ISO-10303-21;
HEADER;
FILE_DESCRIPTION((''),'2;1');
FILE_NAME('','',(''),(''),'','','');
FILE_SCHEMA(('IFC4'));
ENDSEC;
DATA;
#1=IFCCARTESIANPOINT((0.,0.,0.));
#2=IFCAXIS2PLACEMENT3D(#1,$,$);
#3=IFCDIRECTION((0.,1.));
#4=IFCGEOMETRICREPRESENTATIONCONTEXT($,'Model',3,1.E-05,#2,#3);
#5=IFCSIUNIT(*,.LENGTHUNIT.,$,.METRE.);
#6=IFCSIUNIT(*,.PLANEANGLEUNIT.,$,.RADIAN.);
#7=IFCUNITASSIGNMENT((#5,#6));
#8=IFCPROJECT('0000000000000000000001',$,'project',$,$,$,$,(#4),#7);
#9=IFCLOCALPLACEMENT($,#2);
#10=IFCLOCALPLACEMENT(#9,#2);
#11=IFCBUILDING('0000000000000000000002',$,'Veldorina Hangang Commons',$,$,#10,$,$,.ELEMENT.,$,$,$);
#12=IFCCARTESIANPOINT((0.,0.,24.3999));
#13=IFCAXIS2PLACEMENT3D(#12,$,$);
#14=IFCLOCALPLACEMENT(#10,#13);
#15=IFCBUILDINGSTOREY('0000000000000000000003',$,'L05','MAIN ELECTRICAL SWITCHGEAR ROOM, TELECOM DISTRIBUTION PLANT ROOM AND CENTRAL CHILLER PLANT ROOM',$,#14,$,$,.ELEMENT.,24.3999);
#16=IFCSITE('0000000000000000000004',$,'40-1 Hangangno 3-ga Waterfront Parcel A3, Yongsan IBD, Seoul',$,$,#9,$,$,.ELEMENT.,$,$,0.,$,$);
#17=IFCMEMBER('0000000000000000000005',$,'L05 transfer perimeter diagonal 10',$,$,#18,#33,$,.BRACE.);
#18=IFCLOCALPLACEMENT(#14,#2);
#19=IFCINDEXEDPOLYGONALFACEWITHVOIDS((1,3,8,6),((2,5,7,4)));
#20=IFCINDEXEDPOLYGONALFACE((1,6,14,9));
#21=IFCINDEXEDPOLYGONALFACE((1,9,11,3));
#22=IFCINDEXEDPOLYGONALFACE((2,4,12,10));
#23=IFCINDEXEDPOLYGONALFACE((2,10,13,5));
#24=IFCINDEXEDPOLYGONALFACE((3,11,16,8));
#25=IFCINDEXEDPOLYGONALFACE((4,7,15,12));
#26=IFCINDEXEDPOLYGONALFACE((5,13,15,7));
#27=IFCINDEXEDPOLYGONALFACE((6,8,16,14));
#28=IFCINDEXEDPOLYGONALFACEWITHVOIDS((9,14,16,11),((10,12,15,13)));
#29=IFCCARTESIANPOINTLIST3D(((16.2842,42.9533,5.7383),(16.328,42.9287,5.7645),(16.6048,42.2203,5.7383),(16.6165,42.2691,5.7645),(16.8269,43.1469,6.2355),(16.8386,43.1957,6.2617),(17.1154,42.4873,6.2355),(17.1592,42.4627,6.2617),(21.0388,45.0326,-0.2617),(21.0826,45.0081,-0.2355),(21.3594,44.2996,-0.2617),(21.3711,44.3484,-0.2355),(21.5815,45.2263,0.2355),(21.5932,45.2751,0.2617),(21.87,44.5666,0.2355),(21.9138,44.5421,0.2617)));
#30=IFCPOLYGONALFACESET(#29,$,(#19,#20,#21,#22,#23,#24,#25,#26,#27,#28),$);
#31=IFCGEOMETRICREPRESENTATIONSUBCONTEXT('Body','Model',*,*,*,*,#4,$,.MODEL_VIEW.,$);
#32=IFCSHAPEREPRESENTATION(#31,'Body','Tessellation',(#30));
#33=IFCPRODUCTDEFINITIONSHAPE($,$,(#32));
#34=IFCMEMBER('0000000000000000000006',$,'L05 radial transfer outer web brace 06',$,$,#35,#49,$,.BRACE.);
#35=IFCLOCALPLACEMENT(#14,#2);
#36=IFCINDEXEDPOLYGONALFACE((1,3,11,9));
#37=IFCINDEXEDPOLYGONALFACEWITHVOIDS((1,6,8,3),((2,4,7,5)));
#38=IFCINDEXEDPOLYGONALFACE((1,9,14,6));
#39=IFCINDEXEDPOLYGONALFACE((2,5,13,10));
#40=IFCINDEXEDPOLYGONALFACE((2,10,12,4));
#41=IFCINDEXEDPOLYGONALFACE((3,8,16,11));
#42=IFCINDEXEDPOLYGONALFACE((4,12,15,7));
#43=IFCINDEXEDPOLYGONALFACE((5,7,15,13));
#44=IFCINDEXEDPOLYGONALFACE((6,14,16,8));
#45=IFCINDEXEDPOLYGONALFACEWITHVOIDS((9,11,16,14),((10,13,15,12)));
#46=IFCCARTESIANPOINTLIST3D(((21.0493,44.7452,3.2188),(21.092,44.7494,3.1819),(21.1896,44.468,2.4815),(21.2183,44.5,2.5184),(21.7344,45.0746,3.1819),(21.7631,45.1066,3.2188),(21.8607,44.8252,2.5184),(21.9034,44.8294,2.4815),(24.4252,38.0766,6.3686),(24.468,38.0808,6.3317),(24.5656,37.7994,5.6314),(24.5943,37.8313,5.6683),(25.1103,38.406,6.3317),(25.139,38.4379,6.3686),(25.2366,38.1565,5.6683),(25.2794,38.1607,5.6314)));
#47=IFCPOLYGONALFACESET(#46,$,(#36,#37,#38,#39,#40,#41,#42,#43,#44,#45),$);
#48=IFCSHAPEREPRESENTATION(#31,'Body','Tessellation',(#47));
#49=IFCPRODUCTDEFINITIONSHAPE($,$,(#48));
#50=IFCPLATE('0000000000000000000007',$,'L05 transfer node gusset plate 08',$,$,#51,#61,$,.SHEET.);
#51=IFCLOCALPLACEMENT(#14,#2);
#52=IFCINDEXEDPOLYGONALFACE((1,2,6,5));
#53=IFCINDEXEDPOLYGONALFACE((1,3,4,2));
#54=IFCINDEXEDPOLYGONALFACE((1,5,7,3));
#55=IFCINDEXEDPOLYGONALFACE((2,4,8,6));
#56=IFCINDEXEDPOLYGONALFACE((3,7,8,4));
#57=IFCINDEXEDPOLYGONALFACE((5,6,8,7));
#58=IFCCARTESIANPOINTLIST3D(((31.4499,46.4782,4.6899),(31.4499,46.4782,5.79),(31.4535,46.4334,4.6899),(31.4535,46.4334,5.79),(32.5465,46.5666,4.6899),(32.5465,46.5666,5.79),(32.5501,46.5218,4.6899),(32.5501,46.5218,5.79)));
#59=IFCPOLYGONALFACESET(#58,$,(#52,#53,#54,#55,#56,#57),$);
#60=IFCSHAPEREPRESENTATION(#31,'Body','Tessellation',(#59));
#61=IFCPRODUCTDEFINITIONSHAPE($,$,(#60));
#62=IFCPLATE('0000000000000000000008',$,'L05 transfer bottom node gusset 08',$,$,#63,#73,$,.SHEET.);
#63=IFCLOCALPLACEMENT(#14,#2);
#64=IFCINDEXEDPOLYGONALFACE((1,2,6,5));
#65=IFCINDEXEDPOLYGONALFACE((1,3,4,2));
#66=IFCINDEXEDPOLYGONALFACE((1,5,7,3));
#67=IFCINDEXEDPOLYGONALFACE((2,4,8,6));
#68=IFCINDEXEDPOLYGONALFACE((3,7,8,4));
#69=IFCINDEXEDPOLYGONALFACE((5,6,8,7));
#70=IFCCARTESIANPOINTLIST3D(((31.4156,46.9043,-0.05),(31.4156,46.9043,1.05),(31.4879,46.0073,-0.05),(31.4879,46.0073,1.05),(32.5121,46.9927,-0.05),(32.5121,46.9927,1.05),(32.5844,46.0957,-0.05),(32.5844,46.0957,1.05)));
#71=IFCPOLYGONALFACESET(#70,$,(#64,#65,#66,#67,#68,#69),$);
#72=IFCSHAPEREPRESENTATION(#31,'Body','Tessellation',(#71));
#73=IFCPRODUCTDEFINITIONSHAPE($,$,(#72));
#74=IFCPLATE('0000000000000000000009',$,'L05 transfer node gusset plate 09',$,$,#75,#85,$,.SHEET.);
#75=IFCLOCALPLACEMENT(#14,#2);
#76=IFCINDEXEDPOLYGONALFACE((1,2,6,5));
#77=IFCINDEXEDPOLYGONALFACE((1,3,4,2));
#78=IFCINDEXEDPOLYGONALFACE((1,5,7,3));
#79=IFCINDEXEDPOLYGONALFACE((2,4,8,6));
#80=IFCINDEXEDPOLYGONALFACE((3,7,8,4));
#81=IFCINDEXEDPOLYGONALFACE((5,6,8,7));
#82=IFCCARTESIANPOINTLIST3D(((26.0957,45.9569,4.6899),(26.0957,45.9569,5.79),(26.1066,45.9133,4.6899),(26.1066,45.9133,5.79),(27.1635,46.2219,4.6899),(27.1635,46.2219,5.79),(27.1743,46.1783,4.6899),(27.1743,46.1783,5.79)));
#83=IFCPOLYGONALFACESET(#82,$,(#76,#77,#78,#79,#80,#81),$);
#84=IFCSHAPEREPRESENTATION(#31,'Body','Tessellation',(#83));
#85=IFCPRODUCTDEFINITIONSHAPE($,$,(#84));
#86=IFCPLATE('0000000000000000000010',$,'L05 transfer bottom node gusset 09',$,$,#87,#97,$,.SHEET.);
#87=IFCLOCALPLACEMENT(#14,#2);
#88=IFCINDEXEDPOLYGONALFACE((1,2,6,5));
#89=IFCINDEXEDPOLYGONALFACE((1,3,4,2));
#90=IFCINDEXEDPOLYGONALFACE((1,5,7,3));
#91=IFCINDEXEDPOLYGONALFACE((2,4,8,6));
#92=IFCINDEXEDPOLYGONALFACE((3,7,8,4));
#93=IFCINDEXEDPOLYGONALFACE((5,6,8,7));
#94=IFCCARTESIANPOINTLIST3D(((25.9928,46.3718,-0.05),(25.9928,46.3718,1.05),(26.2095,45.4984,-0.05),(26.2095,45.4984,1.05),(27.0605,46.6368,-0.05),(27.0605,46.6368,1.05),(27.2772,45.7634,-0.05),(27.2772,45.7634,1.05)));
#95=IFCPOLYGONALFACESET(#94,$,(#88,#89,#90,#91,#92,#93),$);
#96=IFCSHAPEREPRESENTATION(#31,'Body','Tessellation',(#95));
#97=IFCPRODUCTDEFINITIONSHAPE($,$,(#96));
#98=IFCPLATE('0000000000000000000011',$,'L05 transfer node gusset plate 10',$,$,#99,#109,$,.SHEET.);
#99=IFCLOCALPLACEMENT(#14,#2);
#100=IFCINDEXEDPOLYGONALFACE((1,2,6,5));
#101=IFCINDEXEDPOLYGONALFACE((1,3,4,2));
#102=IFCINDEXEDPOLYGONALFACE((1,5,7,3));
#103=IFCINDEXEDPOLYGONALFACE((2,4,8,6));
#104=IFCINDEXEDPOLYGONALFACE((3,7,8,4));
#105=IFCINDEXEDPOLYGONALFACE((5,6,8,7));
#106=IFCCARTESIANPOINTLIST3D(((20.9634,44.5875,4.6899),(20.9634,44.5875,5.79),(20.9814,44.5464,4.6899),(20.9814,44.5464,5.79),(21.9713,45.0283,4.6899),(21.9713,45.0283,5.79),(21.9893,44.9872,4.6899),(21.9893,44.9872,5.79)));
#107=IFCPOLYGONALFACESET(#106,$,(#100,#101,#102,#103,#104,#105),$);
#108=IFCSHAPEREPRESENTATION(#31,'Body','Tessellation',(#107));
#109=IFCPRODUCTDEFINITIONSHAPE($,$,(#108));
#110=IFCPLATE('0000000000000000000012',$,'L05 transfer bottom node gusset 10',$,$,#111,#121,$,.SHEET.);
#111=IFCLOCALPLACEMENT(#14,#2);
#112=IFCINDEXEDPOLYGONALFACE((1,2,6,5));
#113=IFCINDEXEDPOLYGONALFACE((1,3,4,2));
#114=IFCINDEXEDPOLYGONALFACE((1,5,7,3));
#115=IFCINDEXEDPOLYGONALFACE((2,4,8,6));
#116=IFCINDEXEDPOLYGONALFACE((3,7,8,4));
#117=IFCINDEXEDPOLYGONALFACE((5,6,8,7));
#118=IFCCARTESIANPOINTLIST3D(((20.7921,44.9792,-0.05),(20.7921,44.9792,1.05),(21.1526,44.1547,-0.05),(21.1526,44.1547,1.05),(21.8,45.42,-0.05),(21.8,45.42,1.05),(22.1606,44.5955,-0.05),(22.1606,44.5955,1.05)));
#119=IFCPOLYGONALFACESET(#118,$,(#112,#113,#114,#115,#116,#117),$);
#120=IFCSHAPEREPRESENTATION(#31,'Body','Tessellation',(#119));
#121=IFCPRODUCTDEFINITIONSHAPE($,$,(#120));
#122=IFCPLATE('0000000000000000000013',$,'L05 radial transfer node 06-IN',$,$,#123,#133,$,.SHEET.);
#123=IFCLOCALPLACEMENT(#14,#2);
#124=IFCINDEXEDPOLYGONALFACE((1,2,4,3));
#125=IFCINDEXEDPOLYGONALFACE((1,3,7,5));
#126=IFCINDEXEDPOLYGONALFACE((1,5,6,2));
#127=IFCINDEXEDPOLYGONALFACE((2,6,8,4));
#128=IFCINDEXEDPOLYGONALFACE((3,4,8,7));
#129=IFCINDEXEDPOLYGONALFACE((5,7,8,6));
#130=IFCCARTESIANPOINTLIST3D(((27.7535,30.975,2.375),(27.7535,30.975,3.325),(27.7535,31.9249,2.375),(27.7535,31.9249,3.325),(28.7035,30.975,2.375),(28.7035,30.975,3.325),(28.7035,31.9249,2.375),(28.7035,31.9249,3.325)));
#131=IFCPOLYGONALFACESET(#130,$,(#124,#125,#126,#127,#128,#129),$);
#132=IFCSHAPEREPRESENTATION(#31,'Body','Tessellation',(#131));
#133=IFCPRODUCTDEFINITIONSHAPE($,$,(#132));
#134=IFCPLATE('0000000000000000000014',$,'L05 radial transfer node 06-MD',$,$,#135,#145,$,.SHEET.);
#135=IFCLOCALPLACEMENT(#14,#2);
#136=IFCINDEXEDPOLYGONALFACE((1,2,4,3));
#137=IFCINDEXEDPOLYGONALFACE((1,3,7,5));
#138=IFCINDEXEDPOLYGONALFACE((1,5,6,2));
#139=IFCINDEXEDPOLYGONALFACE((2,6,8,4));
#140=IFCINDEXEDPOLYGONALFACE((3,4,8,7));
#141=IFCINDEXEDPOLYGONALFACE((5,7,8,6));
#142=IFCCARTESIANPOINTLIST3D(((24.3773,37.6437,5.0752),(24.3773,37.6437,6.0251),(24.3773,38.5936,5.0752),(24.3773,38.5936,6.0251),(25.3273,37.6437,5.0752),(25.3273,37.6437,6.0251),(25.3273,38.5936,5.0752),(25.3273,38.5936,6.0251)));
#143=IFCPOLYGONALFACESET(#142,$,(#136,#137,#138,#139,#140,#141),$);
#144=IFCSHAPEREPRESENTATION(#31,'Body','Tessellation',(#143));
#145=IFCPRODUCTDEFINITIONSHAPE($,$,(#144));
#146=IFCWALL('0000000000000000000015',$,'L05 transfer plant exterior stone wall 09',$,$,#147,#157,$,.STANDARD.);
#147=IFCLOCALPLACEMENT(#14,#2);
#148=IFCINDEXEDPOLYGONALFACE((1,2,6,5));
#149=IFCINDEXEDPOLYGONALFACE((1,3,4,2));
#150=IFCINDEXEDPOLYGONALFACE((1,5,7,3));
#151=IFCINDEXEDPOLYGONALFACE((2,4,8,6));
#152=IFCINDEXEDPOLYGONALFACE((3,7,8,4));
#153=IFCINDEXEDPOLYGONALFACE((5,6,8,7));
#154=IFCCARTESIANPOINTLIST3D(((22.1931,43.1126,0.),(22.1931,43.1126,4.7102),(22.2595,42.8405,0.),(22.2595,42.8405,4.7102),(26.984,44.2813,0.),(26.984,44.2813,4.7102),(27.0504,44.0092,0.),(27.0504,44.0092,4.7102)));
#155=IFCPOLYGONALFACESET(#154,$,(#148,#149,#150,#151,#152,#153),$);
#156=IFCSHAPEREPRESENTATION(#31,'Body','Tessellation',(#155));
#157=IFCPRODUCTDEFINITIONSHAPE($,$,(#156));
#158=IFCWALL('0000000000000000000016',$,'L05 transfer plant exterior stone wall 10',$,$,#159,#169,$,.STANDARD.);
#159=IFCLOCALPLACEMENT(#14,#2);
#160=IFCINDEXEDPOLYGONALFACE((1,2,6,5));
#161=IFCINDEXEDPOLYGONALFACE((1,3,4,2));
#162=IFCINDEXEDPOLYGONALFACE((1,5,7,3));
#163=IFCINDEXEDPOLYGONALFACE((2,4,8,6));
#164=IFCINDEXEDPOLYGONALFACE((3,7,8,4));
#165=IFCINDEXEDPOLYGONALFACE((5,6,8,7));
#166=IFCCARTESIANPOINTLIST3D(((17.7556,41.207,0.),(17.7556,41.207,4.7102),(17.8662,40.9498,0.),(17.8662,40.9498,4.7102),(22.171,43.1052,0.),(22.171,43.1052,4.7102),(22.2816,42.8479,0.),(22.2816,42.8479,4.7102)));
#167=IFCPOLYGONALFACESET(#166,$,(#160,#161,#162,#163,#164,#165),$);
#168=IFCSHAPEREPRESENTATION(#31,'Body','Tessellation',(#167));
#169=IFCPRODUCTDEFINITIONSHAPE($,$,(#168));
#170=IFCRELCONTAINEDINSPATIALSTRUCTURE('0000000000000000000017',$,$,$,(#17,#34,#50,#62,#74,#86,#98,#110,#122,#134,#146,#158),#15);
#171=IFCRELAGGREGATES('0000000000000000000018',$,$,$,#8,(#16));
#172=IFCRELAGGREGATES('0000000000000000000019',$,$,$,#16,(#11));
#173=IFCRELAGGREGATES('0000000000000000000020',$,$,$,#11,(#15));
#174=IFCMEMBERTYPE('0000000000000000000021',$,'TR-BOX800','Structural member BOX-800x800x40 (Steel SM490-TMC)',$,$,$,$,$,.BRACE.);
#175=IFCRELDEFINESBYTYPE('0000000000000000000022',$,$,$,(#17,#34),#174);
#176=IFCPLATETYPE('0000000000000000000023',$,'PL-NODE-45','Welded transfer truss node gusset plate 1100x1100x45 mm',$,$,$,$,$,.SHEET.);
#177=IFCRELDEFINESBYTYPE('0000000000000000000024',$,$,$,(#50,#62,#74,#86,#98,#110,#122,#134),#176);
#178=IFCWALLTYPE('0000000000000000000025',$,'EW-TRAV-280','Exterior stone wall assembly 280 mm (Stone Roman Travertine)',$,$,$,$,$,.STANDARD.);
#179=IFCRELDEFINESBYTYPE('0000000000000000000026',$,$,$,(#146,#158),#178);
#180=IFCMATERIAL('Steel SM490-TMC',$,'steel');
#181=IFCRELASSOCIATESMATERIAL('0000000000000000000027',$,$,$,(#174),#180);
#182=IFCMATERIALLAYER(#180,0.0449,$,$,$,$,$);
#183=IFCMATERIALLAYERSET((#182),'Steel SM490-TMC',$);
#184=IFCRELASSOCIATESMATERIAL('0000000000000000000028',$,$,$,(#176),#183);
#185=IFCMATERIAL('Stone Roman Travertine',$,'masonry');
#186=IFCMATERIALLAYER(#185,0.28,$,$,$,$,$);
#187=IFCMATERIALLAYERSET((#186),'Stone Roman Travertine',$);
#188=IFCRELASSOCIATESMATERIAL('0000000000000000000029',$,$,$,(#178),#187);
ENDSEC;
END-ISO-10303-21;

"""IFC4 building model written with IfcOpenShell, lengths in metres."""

from ifc_helpers import new_model, si_unit, direction, frame, frame_2d, origin, origin_2d, place, context, subcontext, project, spatial, rectangle, hollow_rectangle, extrude, material, layer, layer_set, material_profile, profile_set, type_object, element, save


model = new_model("IFC4")

# Units and contexts
model_context = context("Model", 3, precision=1e-05, world=origin(), true_north=direction((0.0, 1.0)))
body_context = subcontext(model_context, "Body", "Model", "MODEL_VIEW")
ifc_project = project(units=[si_unit("LENGTHUNIT", "METRE"), si_unit("PLANEANGLEUNIT", "RADIAN")], contexts=[model_context])

# Site, building, storey
site_placement = place(None, origin())
site = spatial("IfcSite", under=ifc_project, at=site_placement, Name="40-1 Hangangno 3-ga Waterfront Parcel A3, Yongsan IBD, Seoul", CompositionType="ELEMENT", RefElevation=0.0)
building_placement = place(site_placement, origin())
building = spatial("IfcBuilding", under=site, at=building_placement, Name="Veldorina Hangang Commons", CompositionType="ELEMENT")
storey_placement = place(building_placement, frame((0.0, 0.0, 24.3999)))
storey = spatial("IfcBuildingStorey", under=building, at=storey_placement, Name="L05", Description="MAIN ELECTRICAL SWITCHGEAR ROOM, TELECOM DISTRIBUTION PLANT ROOM AND CENTRAL CHILLER PLANT ROOM", CompositionType="ELEMENT", Elevation=24.3999)

# Shared definitions
ifc_material_1 = material(Name="Steel SM490-TMC", Category="steel")

# Members
ifc_material_profile_1 = material_profile(ifc_material_1, hollow_rectangle(XDim=0.8, YDim=0.8, WallThickness=0.04, at=origin_2d()), Name="BOX-800x800x40")
ifc_profile_set_1 = profile_set([ifc_material_profile_1], Name="Steel SM490-TMC")
member_type = type_object("IfcMemberType", Name="TR-BOX800", Description="Structural member BOX-800x800x40 (Steel SM490-TMC)", PredefinedType="BRACE", material=ifc_profile_set_1)
member_1_placement = place(storey_placement, frame((21.4763, 44.7874, 0.0), z_axis=(-0.59936, -0.262118, 0.756348), x_axis=(0.400688, -0.916215, 0.0)))
element("IfcMember", 1, at=member_1_placement, inside=storey, type_object=member_type, Name="L05 transfer perimeter diagonal 10", PredefinedType="BRACE", context=body_context, shape_type="SweptSolid", body=[
    extrude(hollow_rectangle(XDim=0.8, YDim=0.8, WallThickness=0.04, at=origin_2d()), origin(), (0.0, 0.0, 1.0), 7.9329),
])
member_2_placement = place(storey_placement, frame((24.8523, 38.1187, 6.0), z_axis=(-0.416215, 0.822165, -0.388342), x_axis=(-0.892188, -0.451663, 0.0)))
element("IfcMember", 2, at=member_2_placement, inside=storey, type_object=member_type, Name="L05 radial transfer outer web brace 06", PredefinedType="BRACE", context=body_context, shape_type="SweptSolid", body=[
    extrude(hollow_rectangle(XDim=0.8, YDim=0.8, WallThickness=0.04, at=origin_2d()), origin(), (0.0, 0.0, 1.0), 8.1111),
])

# Plates
ifc_layer_1 = layer(ifc_material_1, 0.0449)
ifc_layer_set_1 = layer_set([ifc_layer_1], Name="Steel SM490-TMC")
plate_type = type_object("IfcPlateType", Name="PL-NODE-45", Description="Welded transfer truss node gusset plate 1100x1100x45 mm", PredefinedType="SHEET", material=ifc_layer_set_1)
plate_1_placement = place(storey_placement, frame((32.0, 46.5, 4.6899), z_axis=(0.0, 0.0, 1.0), x_axis=(-0.996769, -0.080321, 0.0)))
element("IfcPlate", 3, at=plate_1_placement, inside=storey, type_object=plate_type, Name="L05 transfer node gusset plate 08", PredefinedType="SHEET", context=body_context, shape_type="SweptSolid", body=[
    extrude(rectangle(XDim=1.1001, YDim=0.0449, at=origin_2d()), origin(), (0.0, 0.0, 1.0), 1.1001),
])
plate_2_placement = place(storey_placement, frame((32.0, 46.5, -0.05), z_axis=(0.0, 0.0, 1.0), x_axis=(-0.996769, -0.080321, 0.0)))
element("IfcPlate", 4, at=plate_2_placement, inside=storey, type_object=plate_type, Name="L05 transfer bottom node gusset 08", PredefinedType="SHEET", context=body_context, shape_type="SweptSolid", body=[
    extrude(rectangle(XDim=1.1001, YDim=0.8999, at=origin_2d()), origin(), (0.0, 0.0, 1.0), 1.1001),
])
plate_3_placement = place(storey_placement, frame((26.635, 46.0676, 4.6899), z_axis=(0.0, 0.0, 1.0), x_axis=(-0.970553, -0.240889, 0.0)))
element("IfcPlate", 5, at=plate_3_placement, inside=storey, type_object=plate_type, Name="L05 transfer node gusset plate 09", PredefinedType="SHEET", context=body_context, shape_type="SweptSolid", body=[
    extrude(rectangle(XDim=1.1001, YDim=0.0449, at=origin_2d()), origin(), (0.0, 0.0, 1.0), 1.1001),
])
plate_4_placement = place(storey_placement, frame((26.635, 46.0676, -0.05), z_axis=(0.0, 0.0, 1.0), x_axis=(-0.970553, -0.240889, 0.0)))
element("IfcPlate", 6, at=plate_4_placement, inside=storey, type_object=plate_type, Name="L05 transfer bottom node gusset 09", PredefinedType="SHEET", context=body_context, shape_type="SweptSolid", body=[
    extrude(rectangle(XDim=1.1001, YDim=0.8999, at=origin_2d()), origin(), (0.0, 0.0, 1.0), 1.1001),
])
plate_5_placement = place(storey_placement, frame((21.4763, 44.7874, 4.6899), z_axis=(0.0, 0.0, 1.0), x_axis=(-0.916216, -0.400685, 0.0)))
element("IfcPlate", 7, at=plate_5_placement, inside=storey, type_object=plate_type, Name="L05 transfer node gusset plate 10", PredefinedType="SHEET", context=body_context, shape_type="SweptSolid", body=[
    extrude(rectangle(XDim=1.1001, YDim=0.0449, at=origin_2d()), origin(), (0.0, 0.0, 1.0), 1.1001),
])
plate_6_placement = place(storey_placement, frame((21.4763, 44.7874, -0.05), z_axis=(0.0, 0.0, 1.0), x_axis=(-0.916216, -0.400685, 0.0)))
element("IfcPlate", 8, at=plate_6_placement, inside=storey, type_object=plate_type, Name="L05 transfer bottom node gusset 10", PredefinedType="SHEET", context=body_context, shape_type="SweptSolid", body=[
    extrude(rectangle(XDim=1.1001, YDim=0.8999, at=origin_2d()), origin(), (0.0, 0.0, 1.0), 1.1001),
])
for number, where, z_axis, x_axis, name in (
    (9, (28.2285, 31.45, 2.375), (0.0, 0.0, 1.0), (1.0, 0.0, 0.0), "L05 radial transfer node 06-IN"),
    (10, (24.8523, 38.1187, 5.0752), (0.0, 0.0, 1.0), (1.0, 0.0, 0.0), "L05 radial transfer node 06-MD"),
):
    element("IfcPlate", number, at=place(storey_placement, frame(where, z_axis=z_axis, x_axis=x_axis)), inside=storey, type_object=plate_type, Name=name, PredefinedType="SHEET", context=body_context, shape_type="SweptSolid", body=[
        extrude(rectangle(XDim=0.95, YDim=0.95, at=origin_2d()), origin(), (0.0, 0.0, 1.0), 0.95),
    ])

# Walls
ifc_material_2 = material(Name="Stone Roman Travertine", Category="masonry")
ifc_layer_2 = layer(ifc_material_2, 0.28)
ifc_layer_set_2 = layer_set([ifc_layer_2], Name="Stone Roman Travertine")
wall_type_1 = type_object("IfcWallType", Name="EW-TRAV-280", Description="Exterior stone wall assembly 280 mm (Stone Roman Travertine)", PredefinedType="STANDARD", material=ifc_layer_set_2)
wall_1_placement = place(storey_placement, frame((27.0173, 44.1453, 0.0), z_axis=(0.0, 0.0, 1.0), x_axis=(-0.971513, -0.236987, 0.0)))
element("IfcWall", 11, at=wall_1_placement, inside=storey, type_object=wall_type_1, Name="L05 transfer plant exterior stone wall 09", PredefinedType="STANDARD", context=body_context, shape_type="SweptSolid", body=[
    extrude(rectangle(XDim=4.9314, YDim=0.28, at=frame_2d((2.4658, 0.0))), origin(), (0.0, 0.0, 1.0), 4.7102),
])
wall_2_placement = place(storey_placement, frame((22.2263, 42.9766, 0.0), z_axis=(0.0, 0.0, 1.0), x_axis=(-0.918706, -0.394943, 0.0)))
element("IfcWall", 12, at=wall_2_placement, inside=storey, type_object=wall_type_1, Name="L05 transfer plant exterior stone wall 10", PredefinedType="STANDARD", context=body_context, shape_type="SweptSolid", body=[
    extrude(rectangle(XDim=4.8062, YDim=0.28, at=frame_2d((2.4031, 0.0))), origin(), (0.0, 0.0, 1.0), 4.7102),
])

save(model, "model.ifc")
